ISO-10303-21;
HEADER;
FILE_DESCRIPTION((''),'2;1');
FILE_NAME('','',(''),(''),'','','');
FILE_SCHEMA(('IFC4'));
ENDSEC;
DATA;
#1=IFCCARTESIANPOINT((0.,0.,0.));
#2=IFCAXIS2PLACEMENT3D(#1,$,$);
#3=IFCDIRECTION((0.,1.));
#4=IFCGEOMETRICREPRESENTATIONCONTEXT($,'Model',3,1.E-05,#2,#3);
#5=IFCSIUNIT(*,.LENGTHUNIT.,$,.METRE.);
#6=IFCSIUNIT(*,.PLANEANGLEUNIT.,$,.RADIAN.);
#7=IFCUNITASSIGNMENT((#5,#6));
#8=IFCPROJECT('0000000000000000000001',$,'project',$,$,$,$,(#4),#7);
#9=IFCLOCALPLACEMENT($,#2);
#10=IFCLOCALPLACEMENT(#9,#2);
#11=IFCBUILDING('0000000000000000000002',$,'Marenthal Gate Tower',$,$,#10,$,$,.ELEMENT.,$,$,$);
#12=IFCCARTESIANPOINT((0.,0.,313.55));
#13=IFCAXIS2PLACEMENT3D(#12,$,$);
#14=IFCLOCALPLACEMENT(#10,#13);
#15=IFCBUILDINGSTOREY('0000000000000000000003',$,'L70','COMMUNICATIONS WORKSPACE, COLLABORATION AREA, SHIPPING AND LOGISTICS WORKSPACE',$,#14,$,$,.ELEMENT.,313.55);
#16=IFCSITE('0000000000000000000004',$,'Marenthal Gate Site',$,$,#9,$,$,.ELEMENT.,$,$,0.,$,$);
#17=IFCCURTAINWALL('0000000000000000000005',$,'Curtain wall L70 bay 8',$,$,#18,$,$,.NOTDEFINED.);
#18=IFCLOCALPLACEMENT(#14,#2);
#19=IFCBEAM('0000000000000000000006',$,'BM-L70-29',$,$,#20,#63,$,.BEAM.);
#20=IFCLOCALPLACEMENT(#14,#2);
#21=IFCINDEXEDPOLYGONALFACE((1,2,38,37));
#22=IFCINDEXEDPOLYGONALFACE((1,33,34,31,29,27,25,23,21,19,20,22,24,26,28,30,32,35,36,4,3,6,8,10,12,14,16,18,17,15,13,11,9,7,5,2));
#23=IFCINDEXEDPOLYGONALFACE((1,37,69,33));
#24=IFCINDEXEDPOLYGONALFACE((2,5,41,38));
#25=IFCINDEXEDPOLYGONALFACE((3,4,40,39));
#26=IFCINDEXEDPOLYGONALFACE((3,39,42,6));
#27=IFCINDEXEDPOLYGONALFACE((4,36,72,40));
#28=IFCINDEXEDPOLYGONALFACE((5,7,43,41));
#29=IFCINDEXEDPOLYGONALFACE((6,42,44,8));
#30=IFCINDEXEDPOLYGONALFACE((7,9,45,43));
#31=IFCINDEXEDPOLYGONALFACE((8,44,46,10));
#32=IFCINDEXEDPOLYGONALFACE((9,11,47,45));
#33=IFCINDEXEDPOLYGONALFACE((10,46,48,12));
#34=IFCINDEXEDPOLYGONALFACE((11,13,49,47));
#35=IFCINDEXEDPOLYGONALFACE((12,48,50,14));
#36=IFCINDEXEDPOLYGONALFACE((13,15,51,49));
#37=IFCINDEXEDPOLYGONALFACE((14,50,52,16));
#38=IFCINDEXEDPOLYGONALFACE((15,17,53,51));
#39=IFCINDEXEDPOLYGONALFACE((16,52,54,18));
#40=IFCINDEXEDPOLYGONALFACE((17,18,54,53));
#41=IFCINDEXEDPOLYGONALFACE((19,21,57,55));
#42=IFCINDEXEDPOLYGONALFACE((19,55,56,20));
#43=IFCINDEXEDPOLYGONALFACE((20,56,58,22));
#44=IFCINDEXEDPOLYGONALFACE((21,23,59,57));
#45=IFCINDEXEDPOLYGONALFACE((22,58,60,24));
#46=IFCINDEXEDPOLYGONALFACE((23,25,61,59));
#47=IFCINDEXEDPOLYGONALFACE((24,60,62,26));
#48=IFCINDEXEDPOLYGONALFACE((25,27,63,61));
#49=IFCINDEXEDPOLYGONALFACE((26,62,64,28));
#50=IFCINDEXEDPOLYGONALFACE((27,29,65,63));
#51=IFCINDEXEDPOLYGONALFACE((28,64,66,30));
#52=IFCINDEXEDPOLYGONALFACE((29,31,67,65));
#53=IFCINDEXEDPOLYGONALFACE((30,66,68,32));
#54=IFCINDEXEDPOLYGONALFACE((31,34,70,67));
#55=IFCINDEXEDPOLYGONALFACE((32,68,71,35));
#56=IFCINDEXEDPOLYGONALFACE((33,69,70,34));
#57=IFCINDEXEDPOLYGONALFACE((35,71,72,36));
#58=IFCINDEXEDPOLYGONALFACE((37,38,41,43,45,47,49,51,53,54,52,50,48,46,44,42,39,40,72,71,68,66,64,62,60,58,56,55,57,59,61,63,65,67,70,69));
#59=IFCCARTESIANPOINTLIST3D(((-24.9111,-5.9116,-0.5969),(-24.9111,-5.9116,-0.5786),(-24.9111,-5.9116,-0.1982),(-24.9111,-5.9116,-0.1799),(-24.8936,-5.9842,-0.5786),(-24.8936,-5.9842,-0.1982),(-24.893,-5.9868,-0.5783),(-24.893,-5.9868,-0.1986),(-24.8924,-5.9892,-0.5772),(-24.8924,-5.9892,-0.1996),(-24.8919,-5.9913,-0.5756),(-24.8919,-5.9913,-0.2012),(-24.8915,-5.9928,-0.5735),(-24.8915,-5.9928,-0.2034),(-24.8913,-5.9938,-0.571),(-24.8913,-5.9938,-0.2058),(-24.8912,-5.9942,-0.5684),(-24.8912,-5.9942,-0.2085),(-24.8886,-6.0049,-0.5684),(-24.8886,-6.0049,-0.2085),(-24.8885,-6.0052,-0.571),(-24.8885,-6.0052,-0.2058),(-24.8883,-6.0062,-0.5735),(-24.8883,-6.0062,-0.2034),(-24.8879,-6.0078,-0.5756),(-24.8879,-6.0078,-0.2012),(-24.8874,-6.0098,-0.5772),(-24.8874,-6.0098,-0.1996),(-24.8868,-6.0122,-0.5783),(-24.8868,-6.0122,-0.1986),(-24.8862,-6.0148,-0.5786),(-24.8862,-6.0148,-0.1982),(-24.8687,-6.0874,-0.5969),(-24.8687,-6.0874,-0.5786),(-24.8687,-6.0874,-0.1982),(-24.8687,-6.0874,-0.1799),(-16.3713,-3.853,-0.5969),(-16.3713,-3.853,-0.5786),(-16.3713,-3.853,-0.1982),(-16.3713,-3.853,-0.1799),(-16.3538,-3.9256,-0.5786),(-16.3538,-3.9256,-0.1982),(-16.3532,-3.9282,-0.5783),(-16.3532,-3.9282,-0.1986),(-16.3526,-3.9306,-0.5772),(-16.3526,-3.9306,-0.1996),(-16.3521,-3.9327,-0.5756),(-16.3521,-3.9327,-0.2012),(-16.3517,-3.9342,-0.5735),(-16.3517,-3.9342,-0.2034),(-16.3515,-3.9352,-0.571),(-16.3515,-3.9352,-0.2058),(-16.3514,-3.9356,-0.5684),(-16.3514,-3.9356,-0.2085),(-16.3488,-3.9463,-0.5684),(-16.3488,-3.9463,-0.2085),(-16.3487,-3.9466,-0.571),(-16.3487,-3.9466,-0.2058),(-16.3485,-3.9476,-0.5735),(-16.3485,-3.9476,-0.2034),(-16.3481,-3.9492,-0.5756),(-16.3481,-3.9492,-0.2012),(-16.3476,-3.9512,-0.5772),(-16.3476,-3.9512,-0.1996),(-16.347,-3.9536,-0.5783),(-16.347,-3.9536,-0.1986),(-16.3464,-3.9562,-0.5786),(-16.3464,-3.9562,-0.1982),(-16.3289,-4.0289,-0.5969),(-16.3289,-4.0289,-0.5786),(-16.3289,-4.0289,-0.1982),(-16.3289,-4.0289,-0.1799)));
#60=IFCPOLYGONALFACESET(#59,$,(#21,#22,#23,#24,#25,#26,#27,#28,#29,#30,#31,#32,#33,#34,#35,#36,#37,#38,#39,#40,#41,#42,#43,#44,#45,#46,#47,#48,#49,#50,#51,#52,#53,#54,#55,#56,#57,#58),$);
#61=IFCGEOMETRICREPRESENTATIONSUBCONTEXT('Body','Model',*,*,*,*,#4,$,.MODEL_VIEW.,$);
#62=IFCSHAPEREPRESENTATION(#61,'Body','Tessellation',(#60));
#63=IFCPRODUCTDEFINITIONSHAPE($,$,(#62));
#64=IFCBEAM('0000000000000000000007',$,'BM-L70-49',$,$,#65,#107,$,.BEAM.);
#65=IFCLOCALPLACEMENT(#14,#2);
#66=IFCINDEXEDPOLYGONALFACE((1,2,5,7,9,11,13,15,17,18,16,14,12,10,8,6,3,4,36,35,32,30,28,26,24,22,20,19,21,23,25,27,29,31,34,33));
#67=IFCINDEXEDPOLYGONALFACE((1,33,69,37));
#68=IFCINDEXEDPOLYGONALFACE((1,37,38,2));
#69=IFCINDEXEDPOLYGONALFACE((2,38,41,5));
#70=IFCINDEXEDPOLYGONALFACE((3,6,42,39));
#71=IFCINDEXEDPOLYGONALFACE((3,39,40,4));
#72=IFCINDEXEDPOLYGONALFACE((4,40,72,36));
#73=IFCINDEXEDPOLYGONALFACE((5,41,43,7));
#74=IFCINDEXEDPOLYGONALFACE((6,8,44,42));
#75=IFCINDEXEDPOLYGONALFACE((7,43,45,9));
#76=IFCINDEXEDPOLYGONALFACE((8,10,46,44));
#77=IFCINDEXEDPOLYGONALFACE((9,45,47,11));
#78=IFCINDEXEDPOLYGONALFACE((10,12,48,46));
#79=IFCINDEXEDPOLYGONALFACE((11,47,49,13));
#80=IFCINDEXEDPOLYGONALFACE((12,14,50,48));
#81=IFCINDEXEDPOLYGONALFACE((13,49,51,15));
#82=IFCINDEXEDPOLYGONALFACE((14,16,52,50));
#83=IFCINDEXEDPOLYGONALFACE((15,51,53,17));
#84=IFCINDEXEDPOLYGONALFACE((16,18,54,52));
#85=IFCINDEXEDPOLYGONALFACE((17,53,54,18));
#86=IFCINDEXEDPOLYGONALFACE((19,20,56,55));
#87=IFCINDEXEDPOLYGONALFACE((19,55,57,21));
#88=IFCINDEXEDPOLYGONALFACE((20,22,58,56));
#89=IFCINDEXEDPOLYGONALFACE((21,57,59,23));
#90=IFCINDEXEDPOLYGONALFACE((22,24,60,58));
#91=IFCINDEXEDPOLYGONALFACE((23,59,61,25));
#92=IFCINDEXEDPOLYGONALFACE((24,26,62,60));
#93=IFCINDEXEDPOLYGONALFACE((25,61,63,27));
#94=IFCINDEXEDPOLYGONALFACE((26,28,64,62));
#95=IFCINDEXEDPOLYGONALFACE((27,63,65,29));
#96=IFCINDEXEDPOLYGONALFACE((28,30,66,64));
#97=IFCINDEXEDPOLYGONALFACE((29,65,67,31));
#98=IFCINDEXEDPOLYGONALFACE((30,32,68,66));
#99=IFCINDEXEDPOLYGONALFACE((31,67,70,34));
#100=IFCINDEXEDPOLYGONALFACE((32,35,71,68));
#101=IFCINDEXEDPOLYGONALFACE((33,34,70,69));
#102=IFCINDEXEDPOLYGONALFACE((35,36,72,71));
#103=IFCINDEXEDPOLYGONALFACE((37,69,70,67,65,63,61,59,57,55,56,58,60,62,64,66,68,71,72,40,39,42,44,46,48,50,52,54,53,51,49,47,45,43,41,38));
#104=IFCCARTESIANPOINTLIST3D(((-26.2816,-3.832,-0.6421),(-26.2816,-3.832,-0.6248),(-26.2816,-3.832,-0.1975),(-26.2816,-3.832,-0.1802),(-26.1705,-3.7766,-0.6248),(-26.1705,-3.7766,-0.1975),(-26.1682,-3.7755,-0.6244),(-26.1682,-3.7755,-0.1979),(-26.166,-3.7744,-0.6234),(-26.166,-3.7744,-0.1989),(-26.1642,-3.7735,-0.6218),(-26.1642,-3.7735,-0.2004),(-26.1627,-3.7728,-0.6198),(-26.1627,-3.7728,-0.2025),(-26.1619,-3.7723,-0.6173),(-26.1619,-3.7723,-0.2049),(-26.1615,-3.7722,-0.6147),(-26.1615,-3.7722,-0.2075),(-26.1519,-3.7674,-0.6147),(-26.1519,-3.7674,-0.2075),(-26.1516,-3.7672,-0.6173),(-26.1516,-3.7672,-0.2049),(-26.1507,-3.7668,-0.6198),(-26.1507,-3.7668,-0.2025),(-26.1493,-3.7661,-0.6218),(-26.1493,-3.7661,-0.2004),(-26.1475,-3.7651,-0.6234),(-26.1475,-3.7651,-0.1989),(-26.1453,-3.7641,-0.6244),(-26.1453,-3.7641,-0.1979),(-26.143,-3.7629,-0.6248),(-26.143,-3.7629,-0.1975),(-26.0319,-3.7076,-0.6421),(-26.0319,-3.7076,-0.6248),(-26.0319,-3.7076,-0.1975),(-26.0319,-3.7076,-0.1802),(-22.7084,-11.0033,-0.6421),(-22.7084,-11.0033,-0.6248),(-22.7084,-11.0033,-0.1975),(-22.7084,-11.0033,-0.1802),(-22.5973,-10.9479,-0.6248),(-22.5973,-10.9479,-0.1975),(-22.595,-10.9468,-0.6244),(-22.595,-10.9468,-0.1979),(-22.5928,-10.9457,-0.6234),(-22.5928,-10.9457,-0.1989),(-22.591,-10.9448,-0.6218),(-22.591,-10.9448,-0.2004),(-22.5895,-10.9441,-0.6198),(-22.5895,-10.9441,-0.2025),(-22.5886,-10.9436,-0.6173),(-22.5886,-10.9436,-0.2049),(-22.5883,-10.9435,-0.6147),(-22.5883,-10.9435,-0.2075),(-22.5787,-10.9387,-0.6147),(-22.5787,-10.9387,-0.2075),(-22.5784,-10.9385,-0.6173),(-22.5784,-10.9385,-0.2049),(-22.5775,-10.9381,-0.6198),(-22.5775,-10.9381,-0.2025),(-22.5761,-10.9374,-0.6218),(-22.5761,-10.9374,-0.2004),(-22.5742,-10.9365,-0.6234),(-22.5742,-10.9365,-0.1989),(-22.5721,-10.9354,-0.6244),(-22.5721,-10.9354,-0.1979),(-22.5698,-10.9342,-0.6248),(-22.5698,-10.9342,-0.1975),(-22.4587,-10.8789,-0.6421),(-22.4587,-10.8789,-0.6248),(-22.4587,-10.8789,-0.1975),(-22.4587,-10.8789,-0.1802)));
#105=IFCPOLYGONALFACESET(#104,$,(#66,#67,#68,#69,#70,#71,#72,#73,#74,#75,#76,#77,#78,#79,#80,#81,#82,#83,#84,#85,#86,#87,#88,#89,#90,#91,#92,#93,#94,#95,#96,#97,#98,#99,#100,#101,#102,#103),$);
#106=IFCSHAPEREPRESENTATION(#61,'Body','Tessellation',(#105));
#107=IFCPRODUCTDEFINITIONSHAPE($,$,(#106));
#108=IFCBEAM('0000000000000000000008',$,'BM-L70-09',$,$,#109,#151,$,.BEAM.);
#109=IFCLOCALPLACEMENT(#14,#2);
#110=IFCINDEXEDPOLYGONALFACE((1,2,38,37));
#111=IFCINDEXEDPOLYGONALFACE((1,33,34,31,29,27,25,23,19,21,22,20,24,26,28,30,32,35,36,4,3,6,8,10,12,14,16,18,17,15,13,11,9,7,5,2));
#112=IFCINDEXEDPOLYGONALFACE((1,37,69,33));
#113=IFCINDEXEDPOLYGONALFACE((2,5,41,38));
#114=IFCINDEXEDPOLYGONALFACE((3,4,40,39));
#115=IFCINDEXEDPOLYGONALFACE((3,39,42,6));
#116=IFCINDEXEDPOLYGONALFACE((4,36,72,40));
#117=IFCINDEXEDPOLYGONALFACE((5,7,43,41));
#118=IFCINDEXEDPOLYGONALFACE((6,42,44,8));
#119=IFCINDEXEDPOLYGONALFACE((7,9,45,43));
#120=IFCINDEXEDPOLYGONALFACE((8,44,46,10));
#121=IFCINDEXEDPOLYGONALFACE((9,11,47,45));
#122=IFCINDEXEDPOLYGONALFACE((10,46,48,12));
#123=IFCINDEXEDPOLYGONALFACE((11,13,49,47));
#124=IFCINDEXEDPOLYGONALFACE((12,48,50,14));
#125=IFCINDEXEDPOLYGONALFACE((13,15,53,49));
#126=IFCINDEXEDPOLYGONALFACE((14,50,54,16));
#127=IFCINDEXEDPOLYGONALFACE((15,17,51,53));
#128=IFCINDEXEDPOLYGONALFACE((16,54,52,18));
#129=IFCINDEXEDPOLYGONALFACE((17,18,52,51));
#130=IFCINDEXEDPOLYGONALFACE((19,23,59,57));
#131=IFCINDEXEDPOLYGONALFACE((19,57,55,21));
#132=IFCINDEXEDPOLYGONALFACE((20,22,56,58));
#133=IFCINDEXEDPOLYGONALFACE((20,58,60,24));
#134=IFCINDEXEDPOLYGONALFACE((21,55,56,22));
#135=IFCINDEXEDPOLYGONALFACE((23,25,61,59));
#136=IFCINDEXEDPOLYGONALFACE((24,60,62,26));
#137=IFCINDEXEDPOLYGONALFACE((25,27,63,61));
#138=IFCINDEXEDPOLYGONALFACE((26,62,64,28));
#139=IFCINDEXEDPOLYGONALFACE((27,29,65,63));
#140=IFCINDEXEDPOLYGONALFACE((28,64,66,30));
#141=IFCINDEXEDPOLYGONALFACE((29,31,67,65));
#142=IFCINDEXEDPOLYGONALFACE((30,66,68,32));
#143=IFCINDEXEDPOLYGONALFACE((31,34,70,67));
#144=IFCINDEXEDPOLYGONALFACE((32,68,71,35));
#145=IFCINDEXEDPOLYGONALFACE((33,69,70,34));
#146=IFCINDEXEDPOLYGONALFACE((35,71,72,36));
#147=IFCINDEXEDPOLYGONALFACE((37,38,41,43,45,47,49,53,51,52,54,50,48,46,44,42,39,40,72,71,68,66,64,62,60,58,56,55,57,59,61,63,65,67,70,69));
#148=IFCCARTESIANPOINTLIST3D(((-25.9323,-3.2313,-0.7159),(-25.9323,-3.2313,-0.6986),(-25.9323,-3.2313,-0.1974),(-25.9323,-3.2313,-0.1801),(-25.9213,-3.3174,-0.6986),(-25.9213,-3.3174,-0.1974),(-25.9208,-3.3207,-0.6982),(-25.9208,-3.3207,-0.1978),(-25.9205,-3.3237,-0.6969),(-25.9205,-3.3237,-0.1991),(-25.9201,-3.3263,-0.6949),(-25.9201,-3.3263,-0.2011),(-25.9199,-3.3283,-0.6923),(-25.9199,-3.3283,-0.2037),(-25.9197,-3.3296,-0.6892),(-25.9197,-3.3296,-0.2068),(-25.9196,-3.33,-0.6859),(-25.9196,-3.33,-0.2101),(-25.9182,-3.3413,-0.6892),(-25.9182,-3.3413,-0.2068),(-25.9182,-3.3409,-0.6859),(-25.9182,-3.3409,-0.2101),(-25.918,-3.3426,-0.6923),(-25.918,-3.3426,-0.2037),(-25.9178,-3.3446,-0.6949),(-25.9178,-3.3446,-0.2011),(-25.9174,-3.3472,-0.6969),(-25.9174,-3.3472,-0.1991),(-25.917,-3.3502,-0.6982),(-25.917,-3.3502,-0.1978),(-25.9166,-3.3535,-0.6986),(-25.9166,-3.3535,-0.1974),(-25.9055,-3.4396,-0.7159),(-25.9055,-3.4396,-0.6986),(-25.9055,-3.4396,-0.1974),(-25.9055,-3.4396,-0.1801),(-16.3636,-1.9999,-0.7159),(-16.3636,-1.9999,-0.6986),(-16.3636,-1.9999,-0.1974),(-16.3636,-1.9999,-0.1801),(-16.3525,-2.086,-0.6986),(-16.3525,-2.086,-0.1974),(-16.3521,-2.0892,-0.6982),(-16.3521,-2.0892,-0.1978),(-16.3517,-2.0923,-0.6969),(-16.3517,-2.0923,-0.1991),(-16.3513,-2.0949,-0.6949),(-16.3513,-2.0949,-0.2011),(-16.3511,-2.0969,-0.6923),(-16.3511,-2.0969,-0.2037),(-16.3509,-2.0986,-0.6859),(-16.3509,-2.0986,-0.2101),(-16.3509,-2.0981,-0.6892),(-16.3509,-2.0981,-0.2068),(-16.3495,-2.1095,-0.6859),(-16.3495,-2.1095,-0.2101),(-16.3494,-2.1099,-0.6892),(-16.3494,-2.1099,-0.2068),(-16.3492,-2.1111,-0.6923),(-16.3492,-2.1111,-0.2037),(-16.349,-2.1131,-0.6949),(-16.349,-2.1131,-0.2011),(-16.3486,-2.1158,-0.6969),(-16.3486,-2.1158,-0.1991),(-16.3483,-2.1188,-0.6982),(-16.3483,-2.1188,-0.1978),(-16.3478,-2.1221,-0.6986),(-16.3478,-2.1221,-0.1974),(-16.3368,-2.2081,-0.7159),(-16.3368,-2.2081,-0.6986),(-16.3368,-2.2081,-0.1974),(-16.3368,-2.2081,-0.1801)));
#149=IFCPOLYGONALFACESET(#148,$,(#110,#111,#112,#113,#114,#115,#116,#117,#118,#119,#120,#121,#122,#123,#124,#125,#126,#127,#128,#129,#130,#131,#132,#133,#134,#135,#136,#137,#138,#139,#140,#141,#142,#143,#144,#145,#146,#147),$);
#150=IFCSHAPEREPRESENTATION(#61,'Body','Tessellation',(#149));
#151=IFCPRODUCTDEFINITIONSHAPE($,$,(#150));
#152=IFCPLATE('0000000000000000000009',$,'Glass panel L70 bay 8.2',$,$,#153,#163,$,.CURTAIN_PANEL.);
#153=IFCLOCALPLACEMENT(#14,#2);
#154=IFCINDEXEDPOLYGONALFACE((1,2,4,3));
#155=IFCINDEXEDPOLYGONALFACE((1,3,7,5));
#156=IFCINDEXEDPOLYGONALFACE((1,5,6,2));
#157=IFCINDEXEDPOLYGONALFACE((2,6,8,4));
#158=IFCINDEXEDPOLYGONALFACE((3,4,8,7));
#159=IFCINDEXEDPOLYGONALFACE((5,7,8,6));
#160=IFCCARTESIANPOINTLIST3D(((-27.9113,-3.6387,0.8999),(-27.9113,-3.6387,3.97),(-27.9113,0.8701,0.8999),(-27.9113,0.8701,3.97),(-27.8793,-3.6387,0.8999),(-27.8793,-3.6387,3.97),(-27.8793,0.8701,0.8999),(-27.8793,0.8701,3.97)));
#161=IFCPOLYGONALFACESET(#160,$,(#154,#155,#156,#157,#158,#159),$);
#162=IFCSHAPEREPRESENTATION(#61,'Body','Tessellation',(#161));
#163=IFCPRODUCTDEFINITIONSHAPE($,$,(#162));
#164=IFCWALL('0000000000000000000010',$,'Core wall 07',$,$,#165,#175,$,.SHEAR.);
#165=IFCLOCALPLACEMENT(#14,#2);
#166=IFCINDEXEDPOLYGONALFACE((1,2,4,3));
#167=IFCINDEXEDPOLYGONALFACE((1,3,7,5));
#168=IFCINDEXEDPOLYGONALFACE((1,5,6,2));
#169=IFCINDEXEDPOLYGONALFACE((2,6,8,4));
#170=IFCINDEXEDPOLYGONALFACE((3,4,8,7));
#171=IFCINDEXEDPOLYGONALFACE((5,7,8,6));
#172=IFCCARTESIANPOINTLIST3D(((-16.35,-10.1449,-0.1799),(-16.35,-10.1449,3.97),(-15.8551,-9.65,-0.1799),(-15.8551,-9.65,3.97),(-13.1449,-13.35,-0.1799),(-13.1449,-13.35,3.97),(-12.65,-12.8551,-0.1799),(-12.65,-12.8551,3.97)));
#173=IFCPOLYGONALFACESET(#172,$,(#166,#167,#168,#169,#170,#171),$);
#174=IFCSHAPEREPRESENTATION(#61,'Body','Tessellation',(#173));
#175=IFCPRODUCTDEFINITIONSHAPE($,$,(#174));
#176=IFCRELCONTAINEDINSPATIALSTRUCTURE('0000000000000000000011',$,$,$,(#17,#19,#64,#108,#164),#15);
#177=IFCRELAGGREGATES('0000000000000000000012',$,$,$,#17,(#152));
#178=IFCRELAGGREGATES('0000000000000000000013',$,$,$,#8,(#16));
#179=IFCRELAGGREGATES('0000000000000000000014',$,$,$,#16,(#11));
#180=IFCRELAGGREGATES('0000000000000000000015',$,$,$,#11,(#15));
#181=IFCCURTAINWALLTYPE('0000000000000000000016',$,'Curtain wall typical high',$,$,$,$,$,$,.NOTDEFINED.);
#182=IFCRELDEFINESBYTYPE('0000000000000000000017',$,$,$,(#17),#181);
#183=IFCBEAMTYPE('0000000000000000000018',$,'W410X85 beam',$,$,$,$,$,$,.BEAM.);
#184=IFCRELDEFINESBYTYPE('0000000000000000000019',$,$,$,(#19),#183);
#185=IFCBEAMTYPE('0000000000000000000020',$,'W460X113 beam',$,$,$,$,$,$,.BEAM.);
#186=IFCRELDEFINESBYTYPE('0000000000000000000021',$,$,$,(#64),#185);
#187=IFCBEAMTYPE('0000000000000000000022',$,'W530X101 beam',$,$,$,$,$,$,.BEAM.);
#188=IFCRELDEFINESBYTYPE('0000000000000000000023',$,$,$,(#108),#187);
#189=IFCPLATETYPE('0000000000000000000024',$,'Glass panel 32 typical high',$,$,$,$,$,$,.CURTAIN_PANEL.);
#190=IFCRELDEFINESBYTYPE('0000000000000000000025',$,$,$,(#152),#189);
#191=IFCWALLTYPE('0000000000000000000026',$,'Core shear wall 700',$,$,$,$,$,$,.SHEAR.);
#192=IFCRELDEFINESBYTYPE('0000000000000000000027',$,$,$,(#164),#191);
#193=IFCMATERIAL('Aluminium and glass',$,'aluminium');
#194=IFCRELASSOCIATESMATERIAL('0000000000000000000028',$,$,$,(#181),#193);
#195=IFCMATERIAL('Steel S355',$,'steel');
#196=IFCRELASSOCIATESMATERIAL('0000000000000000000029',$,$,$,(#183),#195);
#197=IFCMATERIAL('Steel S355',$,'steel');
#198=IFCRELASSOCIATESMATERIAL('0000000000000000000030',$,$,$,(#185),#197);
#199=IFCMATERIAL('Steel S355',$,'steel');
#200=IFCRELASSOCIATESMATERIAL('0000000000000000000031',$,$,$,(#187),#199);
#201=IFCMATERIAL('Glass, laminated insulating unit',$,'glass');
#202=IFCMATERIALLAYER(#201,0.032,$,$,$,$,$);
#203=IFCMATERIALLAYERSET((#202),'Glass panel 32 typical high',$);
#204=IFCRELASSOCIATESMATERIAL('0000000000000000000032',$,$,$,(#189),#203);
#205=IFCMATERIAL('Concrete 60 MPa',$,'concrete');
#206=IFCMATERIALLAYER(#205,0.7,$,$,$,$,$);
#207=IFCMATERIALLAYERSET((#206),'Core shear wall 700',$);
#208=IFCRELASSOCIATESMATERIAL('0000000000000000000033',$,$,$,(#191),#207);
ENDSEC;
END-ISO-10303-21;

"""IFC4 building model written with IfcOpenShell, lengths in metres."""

from ifc_helpers import new_model, si_unit, direction, frame, frame_2d, origin, origin_2d, place, context, subcontext, project, spatial, rectangle, i_section, extrude, material, layer, layer_set, material_profile, profile_set, type_object, element, aggregate, save


model = new_model("IFC4")

# Units and contexts
model_context = context("Model", 3, precision=1e-05, world=origin(), true_north=direction((0.0, 1.0)))
body_context = subcontext(model_context, "Body", "Model", "MODEL_VIEW")
ifc_project = project(units=[si_unit("LENGTHUNIT", "METRE"), si_unit("PLANEANGLEUNIT", "RADIAN")], contexts=[model_context])

# Site, building, storey
site_placement = place(None, origin())
site = spatial("IfcSite", under=ifc_project, at=site_placement, Name="Marenthal Gate Site", CompositionType="ELEMENT", RefElevation=0.0)
building_placement = place(site_placement, origin())
building = spatial("IfcBuilding", under=site, at=building_placement, Name="Marenthal Gate Tower", CompositionType="ELEMENT")
storey_placement = place(building_placement, frame((0.0, 0.0, 313.55)))
storey = spatial("IfcBuildingStorey", under=building, at=storey_placement, Name="L70", Description="COMMUNICATIONS WORKSPACE, COLLABORATION AREA, SHIPPING AND LOGISTICS WORKSPACE", CompositionType="ELEMENT", Elevation=313.55)

# Curtain wall
ifc_material_1 = material(Name="Aluminium and glass", Category="aluminium")
curtain_wall_type = type_object("IfcCurtainWallType", Name="Curtain wall typical high", PredefinedType="NOTDEFINED", material=ifc_material_1)
curtain_wall_placement = place(storey_placement, origin())
curtain_wall = element("IfcCurtainWall", 1, at=curtain_wall_placement, inside=storey, type_object=curtain_wall_type, Name="Curtain wall L70 bay 8", PredefinedType="NOTDEFINED")

# Beams
ifc_material_2 = material(Name="Steel S355", Category="steel")
ifc_material_profile_1 = material_profile(ifc_material_2, i_section(OverallWidth=0.1809, OverallDepth=0.417, WebThickness=0.011, FlangeThickness=0.0183, FilletRadius=0.0103, at=origin_2d()), Name="W410X85")
ifc_profile_set_1 = profile_set([ifc_material_profile_1], Name="Steel S355")
beam_type_1 = type_object("IfcBeamType", Name="W410X85 beam", PredefinedType="BEAM", material=ifc_profile_set_1)
beam_1_placement = place(storey_placement, frame((-24.8899, -5.9995, -0.3884), z_axis=(0.972153, 0.234346, 0.0), x_axis=(-0.234346, 0.972153, 0.0)))
element("IfcBeam", 2, at=beam_1_placement, inside=storey, type_object=beam_type_1, Name="BM-L70-29", PredefinedType="BEAM", context=body_context, shape_type="SweptSolid", body=[
    extrude(i_section(OverallWidth=0.1809, OverallDepth=0.417, WebThickness=0.011, FlangeThickness=0.0183, FilletRadius=0.0103, at=origin_2d()), origin(), (0.0, 0.0, 1.0), 8.7844),
])
ifc_material_3 = material(Name="Steel S355", Category="steel")
ifc_material_profile_2 = material_profile(ifc_material_3, i_section(OverallWidth=0.2791, OverallDepth=0.4619, WebThickness=0.0107, FlangeThickness=0.0173, FilletRadius=0.01, at=origin_2d()), Name="W460X113")
ifc_profile_set_2 = profile_set([ifc_material_profile_2], Name="Steel S355")
beam_type_2 = type_object("IfcBeamType", Name="W460X113 beam", PredefinedType="BEAM", material=ifc_profile_set_2)
beam_2_placement = place(storey_placement, frame((-26.1567, -3.7698, -0.4111), z_axis=(0.44597, -0.895048, 0.0), x_axis=(0.895048, 0.44597, 0.0)))
element("IfcBeam", 3, at=beam_2_placement, inside=storey, type_object=beam_type_2, Name="BM-L70-49", PredefinedType="BEAM", context=body_context, shape_type="SweptSolid", body=[
    extrude(i_section(OverallWidth=0.2791, OverallDepth=0.4619, WebThickness=0.0107, FlangeThickness=0.0173, FilletRadius=0.01, at=origin_2d()), origin(), (0.0, 0.0, 1.0), 8.0122),
])
ifc_material_4 = material(Name="Steel S355", Category="steel")
ifc_material_profile_3 = material_profile(ifc_material_4, i_section(OverallWidth=0.21, OverallDepth=0.5359, WebThickness=0.011, FlangeThickness=0.0173, FilletRadius=0.0127, at=origin_2d()), Name="W530X101")
ifc_profile_set_3 = profile_set([ifc_material_profile_3], Name="Steel S355")
beam_type_3 = type_object("IfcBeamType", Name="W530X101 beam", PredefinedType="BEAM", material=ifc_profile_set_3)
beam_3_placement = place(storey_placement, frame((-25.9189, -3.3354, -0.448), z_axis=(0.99182, 0.127641, 0.0), x_axis=(-0.127641, 0.99182, 0.0)))
element("IfcBeam", 4, at=beam_3_placement, inside=storey, type_object=beam_type_3, Name="BM-L70-09", PredefinedType="BEAM", context=body_context, shape_type="SweptSolid", body=[
    extrude(i_section(OverallWidth=0.21, OverallDepth=0.5359, WebThickness=0.011, FlangeThickness=0.0173, FilletRadius=0.0127, at=origin_2d()), origin(), (0.0, 0.0, 1.0), 9.6477),
])

# Plate
ifc_material_5 = material(Name="Glass, laminated insulating unit", Category="glass")
ifc_layer_1 = layer(ifc_material_5, 0.032)
ifc_layer_set_1 = layer_set([ifc_layer_1], Name="Glass panel 32 typical high")
plate_type = type_object("IfcPlateType", Name="Glass panel 32 typical high", PredefinedType="CURTAIN_PANEL", material=ifc_layer_set_1)
plate_placement = place(storey_placement, frame((-27.8953, -1.3843, 0.8999), z_axis=(0.0, 0.0, 1.0), x_axis=(0.0, -1.0, 0.0)))
plate = element("IfcPlate", 5, at=plate_placement, type_object=plate_type, Name="Glass panel L70 bay 8.2", PredefinedType="CURTAIN_PANEL", context=body_context, shape_type="SweptSolid", body=[
    extrude(rectangle(XDim=4.5088, YDim=0.032, at=origin_2d()), origin(), (0.0, 0.0, 1.0), 3.0701),
])
aggregate(curtain_wall, [plate])

# Wall
ifc_material_6 = material(Name="Concrete 60 MPa", Category="concrete")
ifc_layer_2 = layer(ifc_material_6, 0.7)
ifc_layer_set_2 = layer_set([ifc_layer_2], Name="Core shear wall 700")
wall_type_1 = type_object("IfcWallType", Name="Core shear wall 700", PredefinedType="SHEAR", material=ifc_layer_set_2)
wall_1_placement = place(storey_placement, frame((-16.1025, -9.8975, -0.1799), z_axis=(0.0, 0.0, 1.0), x_axis=(0.707107, -0.707107, 0.0)))
element("IfcWall", 6, at=wall_1_placement, inside=storey, type_object=wall_type_1, Name="Core wall 07", PredefinedType="SHEAR", context=body_context, shape_type="SweptSolid", body=[
    extrude(rectangle(XDim=4.5327, YDim=0.7, at=frame_2d((2.2664, 0.0))), origin(), (0.0, 0.0, 1.0), 4.1499),
])

save(model, "model.ifc")
